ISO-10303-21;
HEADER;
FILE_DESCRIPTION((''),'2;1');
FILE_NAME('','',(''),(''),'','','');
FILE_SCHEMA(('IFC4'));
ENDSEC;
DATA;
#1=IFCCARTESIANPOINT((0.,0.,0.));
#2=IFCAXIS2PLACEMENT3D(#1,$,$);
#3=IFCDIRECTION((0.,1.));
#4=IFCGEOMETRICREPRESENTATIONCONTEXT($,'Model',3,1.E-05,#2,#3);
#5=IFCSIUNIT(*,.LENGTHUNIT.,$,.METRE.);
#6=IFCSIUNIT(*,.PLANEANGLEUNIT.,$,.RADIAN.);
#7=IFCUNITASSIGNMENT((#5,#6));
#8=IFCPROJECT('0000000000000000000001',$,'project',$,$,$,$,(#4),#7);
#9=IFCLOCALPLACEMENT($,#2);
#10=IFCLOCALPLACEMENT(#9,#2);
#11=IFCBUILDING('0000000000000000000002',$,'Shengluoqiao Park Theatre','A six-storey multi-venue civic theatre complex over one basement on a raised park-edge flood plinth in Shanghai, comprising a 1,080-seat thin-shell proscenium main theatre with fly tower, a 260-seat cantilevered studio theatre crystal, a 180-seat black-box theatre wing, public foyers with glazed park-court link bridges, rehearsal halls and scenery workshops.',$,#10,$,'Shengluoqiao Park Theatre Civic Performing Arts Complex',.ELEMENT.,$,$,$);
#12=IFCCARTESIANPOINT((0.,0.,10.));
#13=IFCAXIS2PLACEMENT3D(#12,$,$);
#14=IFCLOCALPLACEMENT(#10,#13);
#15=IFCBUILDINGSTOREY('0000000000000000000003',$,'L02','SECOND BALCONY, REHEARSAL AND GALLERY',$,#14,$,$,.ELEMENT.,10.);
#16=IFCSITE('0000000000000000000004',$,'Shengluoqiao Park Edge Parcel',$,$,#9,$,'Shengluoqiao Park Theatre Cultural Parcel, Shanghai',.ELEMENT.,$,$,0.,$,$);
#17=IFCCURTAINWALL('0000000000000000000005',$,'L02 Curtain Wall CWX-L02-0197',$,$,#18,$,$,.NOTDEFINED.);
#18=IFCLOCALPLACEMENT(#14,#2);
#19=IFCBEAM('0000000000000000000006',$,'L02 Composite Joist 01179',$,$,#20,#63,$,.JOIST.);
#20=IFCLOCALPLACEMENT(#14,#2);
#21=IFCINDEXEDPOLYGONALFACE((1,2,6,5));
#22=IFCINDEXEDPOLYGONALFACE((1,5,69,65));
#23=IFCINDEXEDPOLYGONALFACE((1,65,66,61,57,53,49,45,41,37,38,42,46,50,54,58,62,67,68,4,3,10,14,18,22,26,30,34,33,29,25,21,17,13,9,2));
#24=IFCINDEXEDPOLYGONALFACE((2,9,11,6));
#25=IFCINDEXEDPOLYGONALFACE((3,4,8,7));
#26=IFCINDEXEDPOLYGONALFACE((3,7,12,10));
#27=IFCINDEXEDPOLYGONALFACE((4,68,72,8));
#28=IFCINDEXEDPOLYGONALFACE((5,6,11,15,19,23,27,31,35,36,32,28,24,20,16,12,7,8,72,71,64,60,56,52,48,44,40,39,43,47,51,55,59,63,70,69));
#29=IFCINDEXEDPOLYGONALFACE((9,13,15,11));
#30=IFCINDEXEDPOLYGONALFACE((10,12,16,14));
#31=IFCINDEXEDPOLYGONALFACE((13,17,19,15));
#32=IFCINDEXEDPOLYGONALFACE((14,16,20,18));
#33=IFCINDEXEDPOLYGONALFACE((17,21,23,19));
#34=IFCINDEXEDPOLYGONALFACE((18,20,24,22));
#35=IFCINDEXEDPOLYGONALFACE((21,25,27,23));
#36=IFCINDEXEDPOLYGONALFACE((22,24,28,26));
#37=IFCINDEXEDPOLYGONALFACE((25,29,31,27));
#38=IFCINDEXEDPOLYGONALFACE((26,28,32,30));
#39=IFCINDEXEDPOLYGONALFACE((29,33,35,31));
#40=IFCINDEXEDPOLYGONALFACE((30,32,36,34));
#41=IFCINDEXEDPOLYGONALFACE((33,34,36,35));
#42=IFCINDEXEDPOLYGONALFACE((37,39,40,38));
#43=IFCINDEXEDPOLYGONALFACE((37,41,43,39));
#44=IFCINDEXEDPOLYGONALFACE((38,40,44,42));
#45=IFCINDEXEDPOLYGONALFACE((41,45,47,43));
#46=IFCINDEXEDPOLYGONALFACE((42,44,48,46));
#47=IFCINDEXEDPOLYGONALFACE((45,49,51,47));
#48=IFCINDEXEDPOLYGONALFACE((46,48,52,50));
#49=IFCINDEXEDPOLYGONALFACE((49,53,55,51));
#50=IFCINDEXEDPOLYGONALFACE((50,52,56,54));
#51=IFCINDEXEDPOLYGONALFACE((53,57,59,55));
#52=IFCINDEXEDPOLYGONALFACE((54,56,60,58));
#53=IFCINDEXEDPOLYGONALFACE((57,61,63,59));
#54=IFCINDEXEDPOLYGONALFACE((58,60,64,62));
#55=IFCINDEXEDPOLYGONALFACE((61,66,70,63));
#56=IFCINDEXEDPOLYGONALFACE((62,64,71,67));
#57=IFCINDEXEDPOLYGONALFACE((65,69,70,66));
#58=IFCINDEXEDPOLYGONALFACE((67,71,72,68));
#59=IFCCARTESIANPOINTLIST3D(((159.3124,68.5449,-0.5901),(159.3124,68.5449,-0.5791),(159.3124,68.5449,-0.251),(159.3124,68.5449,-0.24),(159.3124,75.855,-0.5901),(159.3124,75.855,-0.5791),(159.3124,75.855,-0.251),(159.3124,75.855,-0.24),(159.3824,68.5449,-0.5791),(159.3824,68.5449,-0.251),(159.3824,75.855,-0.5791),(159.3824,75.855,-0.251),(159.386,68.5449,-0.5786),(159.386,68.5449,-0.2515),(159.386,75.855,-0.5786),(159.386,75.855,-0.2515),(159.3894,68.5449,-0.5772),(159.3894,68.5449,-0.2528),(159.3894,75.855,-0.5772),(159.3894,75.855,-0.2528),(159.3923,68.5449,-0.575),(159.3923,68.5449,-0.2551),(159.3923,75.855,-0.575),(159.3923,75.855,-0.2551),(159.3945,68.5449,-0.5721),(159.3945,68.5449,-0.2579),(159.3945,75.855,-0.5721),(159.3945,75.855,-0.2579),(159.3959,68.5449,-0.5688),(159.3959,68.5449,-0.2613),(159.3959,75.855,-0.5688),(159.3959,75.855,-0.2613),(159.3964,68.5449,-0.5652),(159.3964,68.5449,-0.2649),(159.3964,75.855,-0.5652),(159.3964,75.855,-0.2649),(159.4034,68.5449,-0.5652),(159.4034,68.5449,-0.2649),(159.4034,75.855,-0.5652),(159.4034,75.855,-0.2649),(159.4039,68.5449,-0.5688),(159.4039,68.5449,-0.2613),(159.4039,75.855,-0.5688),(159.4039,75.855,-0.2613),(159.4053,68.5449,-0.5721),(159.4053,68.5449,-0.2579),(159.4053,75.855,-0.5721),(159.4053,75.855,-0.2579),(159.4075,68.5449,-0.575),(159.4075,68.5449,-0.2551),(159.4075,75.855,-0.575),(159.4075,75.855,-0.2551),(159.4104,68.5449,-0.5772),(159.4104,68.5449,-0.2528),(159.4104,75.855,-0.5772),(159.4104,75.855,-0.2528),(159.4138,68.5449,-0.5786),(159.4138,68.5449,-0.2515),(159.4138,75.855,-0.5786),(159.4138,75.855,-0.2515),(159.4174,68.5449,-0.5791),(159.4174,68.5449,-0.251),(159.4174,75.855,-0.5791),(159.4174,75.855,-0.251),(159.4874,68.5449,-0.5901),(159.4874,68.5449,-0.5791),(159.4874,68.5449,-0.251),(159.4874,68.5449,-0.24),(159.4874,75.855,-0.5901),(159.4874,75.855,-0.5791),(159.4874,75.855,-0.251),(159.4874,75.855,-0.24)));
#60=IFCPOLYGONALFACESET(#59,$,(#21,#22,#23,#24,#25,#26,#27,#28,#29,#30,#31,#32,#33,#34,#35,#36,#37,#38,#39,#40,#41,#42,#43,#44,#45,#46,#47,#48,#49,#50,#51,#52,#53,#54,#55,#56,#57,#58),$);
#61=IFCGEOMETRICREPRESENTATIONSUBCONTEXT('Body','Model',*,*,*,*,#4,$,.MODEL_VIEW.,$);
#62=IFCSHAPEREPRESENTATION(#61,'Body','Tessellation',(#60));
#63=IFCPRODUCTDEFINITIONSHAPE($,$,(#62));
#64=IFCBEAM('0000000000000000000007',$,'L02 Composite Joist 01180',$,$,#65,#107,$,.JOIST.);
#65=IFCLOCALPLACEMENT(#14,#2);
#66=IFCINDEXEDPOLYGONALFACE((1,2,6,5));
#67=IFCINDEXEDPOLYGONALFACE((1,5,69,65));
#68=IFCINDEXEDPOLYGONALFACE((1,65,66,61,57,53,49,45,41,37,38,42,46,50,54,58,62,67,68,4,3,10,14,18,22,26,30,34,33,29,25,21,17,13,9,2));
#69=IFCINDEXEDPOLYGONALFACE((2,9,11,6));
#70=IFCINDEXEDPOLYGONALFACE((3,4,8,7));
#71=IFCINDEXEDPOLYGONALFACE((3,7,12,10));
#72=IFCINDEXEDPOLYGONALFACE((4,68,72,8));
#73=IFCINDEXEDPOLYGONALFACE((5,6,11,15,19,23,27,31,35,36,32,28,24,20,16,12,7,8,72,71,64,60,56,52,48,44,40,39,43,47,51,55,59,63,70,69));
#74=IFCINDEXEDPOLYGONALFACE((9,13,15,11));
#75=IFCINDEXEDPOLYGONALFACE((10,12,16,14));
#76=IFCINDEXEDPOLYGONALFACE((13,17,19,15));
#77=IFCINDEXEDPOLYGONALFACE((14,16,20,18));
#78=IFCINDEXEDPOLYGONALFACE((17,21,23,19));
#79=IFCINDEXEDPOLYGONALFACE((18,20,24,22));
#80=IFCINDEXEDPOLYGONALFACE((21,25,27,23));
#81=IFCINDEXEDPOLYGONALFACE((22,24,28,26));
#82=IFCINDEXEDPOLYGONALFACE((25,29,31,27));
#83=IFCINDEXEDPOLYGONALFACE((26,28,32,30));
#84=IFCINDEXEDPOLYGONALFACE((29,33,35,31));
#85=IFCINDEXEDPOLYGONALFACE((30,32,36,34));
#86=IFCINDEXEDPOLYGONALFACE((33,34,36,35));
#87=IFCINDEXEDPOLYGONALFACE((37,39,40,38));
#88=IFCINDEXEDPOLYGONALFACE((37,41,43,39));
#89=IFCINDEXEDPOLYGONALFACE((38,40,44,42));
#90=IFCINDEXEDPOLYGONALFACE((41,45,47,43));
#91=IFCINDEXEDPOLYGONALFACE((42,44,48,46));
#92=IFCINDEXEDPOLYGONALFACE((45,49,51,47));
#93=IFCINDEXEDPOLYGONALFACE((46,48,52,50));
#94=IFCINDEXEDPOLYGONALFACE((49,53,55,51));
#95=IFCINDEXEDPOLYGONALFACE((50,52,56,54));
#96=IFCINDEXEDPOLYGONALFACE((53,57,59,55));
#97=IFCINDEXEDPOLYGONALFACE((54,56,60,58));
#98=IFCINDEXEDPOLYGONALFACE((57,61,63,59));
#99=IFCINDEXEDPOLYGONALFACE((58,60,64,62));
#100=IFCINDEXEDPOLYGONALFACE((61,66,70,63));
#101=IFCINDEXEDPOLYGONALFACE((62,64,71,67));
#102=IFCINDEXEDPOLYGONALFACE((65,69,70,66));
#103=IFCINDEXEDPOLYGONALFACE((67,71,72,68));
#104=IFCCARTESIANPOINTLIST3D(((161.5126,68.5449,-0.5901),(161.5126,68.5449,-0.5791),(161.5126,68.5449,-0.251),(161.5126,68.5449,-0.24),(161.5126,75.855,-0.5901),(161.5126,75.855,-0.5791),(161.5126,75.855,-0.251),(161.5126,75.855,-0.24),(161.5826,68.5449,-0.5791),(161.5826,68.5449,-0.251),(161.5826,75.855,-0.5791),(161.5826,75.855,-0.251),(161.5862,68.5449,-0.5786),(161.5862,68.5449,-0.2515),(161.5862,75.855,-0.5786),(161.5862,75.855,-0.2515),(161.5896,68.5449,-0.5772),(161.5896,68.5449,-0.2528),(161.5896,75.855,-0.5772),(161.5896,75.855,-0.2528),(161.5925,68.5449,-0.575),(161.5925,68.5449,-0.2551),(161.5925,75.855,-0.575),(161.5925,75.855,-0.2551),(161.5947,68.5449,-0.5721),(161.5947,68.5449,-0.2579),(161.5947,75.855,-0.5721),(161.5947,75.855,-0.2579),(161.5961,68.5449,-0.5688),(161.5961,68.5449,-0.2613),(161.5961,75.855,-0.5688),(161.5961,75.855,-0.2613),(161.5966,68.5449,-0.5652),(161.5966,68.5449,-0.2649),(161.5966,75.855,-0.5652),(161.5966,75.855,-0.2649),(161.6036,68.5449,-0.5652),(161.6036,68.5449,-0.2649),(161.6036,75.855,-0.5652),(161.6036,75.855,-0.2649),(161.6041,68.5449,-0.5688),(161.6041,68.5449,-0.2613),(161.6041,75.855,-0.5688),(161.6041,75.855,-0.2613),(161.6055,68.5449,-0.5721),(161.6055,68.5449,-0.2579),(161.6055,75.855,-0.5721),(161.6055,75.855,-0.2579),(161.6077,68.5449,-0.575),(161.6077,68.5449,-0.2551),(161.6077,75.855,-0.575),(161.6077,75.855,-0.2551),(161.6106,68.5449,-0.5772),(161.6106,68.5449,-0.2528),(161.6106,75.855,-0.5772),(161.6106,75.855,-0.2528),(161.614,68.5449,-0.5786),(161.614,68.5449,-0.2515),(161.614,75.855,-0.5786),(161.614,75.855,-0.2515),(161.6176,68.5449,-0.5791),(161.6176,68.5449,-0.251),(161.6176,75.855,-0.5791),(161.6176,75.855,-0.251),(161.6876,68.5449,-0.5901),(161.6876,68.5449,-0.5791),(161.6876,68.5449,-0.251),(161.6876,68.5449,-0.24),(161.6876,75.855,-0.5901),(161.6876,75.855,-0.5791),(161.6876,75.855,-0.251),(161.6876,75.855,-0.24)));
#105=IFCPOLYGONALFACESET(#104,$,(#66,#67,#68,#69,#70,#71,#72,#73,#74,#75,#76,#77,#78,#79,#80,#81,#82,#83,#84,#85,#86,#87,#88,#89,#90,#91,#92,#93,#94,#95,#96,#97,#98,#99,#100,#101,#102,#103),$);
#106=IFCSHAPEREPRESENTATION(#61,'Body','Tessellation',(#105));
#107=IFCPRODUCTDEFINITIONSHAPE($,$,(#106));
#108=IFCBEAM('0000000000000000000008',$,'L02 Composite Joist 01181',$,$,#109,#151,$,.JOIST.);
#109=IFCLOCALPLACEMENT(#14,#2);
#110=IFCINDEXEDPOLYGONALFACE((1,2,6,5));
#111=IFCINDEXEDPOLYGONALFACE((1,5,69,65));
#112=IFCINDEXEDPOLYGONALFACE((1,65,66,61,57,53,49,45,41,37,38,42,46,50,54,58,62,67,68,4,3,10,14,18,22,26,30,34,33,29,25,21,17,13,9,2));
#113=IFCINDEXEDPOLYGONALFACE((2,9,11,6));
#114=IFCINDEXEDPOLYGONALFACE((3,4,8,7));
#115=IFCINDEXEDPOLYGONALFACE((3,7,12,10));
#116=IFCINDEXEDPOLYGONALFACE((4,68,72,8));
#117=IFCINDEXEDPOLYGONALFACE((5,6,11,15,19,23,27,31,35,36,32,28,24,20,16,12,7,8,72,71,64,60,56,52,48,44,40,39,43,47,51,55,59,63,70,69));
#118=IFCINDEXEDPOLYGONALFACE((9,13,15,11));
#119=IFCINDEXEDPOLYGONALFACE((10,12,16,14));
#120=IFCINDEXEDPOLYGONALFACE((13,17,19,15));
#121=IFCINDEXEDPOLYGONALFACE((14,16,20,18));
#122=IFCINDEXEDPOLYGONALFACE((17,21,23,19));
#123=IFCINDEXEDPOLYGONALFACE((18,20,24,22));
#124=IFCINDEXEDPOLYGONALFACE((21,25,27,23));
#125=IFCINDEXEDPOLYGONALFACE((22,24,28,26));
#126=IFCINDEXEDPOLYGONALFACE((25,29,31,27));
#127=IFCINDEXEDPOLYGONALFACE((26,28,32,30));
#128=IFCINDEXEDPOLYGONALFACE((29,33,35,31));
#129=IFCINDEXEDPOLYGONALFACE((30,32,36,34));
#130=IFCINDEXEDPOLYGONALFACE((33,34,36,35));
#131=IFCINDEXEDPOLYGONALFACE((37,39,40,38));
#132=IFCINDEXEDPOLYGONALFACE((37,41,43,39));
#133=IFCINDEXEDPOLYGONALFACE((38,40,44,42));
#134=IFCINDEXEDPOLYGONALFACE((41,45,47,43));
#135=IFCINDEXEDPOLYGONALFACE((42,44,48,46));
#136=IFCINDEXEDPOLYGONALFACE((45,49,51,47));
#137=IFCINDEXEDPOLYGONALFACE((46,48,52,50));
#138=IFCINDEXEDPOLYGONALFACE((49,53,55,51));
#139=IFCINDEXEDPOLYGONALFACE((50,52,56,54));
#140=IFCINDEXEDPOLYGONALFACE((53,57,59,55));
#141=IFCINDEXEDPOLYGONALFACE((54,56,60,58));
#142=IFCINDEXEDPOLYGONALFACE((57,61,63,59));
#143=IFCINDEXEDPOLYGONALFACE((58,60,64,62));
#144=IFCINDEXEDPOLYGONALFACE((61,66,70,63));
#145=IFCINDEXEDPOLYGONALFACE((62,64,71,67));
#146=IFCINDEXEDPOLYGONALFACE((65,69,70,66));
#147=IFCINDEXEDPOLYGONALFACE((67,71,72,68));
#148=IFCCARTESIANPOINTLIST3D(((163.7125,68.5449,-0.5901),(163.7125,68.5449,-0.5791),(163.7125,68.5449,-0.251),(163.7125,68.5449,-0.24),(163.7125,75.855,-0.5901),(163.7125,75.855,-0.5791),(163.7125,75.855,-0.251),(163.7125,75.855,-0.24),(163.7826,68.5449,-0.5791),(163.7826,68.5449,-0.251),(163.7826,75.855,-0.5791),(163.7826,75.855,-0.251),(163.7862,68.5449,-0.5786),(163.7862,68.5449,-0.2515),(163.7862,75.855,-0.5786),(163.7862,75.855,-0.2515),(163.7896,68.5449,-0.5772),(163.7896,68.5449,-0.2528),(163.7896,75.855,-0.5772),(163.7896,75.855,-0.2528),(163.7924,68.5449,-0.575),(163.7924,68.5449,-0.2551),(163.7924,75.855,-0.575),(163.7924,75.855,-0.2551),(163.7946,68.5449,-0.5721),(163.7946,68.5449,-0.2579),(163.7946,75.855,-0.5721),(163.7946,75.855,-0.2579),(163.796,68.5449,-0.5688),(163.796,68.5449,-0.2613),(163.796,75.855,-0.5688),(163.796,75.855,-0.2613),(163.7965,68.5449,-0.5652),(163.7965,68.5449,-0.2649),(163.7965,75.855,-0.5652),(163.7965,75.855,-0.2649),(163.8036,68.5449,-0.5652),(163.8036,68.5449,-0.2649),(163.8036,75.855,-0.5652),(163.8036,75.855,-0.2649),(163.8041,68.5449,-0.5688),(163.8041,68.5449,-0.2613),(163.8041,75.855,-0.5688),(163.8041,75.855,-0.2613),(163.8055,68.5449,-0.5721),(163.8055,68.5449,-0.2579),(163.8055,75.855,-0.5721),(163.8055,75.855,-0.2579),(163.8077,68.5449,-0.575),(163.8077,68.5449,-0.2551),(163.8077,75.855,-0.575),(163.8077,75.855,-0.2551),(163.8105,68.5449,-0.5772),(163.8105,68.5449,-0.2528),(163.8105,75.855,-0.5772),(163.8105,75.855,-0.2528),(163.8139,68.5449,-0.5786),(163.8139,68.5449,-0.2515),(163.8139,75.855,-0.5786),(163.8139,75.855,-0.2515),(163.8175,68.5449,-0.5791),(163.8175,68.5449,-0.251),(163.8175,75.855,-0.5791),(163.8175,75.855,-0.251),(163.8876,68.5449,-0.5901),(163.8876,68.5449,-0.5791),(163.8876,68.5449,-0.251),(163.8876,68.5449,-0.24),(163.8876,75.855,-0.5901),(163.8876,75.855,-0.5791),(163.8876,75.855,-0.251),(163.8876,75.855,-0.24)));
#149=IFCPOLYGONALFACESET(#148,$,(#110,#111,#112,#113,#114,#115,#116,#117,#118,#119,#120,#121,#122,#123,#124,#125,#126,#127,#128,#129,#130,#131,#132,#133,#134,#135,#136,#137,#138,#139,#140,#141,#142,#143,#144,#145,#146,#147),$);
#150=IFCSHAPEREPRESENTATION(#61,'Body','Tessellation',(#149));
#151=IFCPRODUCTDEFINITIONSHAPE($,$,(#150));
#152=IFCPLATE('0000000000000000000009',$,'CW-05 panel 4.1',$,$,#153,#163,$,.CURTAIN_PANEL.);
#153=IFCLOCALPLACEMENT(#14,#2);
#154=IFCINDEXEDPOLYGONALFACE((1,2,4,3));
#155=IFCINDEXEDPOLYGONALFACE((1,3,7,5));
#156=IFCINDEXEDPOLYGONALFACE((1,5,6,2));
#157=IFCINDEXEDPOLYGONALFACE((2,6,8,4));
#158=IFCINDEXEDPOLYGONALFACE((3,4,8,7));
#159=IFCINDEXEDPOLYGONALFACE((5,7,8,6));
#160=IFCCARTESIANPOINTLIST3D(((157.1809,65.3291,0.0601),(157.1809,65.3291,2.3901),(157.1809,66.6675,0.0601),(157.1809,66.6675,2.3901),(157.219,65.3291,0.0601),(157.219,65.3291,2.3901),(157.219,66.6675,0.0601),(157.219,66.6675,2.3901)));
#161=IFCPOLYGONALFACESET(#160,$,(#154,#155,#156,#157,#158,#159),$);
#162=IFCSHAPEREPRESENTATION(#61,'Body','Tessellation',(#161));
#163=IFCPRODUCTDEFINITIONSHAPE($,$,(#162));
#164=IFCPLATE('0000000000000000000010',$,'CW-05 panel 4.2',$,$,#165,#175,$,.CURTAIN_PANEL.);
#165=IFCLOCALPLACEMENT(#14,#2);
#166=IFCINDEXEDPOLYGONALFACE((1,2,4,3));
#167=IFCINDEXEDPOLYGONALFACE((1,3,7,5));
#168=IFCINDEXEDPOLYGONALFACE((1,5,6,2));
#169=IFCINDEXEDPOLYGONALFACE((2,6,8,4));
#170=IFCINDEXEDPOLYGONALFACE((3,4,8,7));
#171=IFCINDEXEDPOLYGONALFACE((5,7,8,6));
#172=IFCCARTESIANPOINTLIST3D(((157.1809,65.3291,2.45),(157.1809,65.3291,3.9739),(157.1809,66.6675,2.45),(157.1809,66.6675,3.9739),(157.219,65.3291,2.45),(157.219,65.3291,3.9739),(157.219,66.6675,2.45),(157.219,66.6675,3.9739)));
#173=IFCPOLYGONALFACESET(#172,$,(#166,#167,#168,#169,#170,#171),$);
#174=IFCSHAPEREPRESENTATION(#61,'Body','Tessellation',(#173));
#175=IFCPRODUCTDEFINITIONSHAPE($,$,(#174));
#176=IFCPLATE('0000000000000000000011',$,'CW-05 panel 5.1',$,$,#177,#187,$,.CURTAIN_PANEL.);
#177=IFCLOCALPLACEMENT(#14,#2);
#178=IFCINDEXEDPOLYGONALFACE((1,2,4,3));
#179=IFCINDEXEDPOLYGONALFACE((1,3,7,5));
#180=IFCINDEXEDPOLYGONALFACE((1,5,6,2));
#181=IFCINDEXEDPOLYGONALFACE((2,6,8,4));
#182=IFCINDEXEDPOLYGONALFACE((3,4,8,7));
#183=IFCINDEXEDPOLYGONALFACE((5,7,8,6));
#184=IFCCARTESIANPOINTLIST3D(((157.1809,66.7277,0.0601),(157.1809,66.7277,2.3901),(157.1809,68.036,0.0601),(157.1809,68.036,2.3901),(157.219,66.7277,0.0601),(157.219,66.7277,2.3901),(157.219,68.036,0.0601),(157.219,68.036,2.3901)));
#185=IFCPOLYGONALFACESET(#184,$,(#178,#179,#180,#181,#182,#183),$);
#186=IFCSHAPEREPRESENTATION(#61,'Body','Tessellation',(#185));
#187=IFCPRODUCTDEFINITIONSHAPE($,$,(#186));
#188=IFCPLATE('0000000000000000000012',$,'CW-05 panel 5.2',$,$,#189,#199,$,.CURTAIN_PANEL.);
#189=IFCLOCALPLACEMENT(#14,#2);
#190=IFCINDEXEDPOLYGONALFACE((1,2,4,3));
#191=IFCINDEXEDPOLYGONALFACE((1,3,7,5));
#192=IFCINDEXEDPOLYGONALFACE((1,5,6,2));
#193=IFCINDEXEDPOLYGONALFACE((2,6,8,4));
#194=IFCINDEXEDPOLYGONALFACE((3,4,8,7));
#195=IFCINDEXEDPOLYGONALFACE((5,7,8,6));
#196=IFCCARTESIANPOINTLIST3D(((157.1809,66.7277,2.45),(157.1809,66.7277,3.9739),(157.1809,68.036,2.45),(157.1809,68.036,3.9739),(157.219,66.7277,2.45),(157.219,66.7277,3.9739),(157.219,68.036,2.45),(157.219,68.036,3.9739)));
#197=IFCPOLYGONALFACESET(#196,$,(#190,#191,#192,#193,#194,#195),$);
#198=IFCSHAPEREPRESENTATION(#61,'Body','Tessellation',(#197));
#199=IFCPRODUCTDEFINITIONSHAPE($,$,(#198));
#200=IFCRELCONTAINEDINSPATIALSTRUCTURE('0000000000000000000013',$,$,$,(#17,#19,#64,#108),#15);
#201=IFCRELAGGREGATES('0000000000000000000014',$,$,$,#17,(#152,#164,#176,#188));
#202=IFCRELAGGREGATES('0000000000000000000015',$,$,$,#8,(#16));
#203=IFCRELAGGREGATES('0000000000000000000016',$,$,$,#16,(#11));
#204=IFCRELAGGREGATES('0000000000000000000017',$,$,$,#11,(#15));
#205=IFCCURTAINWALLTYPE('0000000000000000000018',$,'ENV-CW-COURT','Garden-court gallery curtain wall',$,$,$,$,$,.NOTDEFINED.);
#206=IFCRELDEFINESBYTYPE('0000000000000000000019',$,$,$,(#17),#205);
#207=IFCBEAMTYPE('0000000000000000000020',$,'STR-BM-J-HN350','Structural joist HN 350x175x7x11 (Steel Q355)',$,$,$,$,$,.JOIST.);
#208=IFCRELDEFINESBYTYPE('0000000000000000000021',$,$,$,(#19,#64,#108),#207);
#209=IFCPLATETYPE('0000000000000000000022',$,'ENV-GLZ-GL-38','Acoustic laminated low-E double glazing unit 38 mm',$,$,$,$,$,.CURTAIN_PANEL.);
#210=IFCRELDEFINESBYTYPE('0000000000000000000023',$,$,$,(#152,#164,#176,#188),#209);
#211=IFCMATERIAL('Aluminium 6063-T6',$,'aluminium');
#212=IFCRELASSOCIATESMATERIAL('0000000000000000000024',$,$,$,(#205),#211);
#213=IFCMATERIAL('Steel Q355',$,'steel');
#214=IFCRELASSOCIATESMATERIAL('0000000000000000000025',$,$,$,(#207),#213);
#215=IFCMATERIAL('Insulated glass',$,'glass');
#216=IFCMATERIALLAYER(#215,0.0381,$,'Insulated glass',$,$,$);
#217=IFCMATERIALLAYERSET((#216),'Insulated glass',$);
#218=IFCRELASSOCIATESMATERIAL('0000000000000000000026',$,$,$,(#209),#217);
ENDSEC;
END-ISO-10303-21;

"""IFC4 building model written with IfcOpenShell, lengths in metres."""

from ifc_helpers import new_model, si_unit, direction, frame, origin, origin_2d, place, context, subcontext, project, spatial, rectangle, i_section, extrude, material, layer, layer_set, material_profile, profile_set, type_object, element, aggregate, save


model = new_model("IFC4")

# Units and contexts
model_context = context("Model", 3, precision=1e-05, world=origin(), true_north=direction((0.0, 1.0)))
body_context = subcontext(model_context, "Body", "Model", "MODEL_VIEW")
ifc_project = project(units=[si_unit("LENGTHUNIT", "METRE"), si_unit("PLANEANGLEUNIT", "RADIAN")], contexts=[model_context])

# Site, building, storey
site_placement = place(None, origin())
site = spatial("IfcSite", under=ifc_project, at=site_placement, Name="Shengluoqiao Park Edge Parcel", LongName="Shengluoqiao Park Theatre Cultural Parcel, Shanghai", CompositionType="ELEMENT", RefElevation=0.0)
building_placement = place(site_placement, origin())
building = spatial("IfcBuilding", under=site, at=building_placement, Name="Shengluoqiao Park Theatre", Description="A six-storey multi-venue civic theatre complex over one basement on a raised park-edge flood plinth in Shanghai, comprising a 1,080-seat thin-shell proscenium main theatre with fly tower, a 260-seat cantilevered studio theatre crystal, a 180-seat black-box theatre wing, public foyers with glazed park-court link bridges, rehearsal halls and scenery workshops.", LongName="Shengluoqiao Park Theatre Civic Performing Arts Complex", CompositionType="ELEMENT")
storey_placement = place(building_placement, frame((0.0, 0.0, 10.0)))
storey = spatial("IfcBuildingStorey", under=building, at=storey_placement, Name="L02", Description="SECOND BALCONY, REHEARSAL AND GALLERY", CompositionType="ELEMENT", Elevation=10.0)

# Curtain wall
ifc_material_1 = material(Name="Aluminium 6063-T6", Category="aluminium")
curtain_wall_type = type_object("IfcCurtainWallType", Name="ENV-CW-COURT", Description="Garden-court gallery curtain wall", PredefinedType="NOTDEFINED", material=ifc_material_1)
curtain_wall_placement = place(storey_placement, origin())
curtain_wall = element("IfcCurtainWall", 1, at=curtain_wall_placement, inside=storey, type_object=curtain_wall_type, Name="L02 Curtain Wall CWX-L02-0197", PredefinedType="NOTDEFINED")

# Beams
ifc_material_2 = material(Name="Steel Q355", Category="steel")
ifc_material_profile_1 = material_profile(ifc_material_2, i_section(OverallWidth=0.175, OverallDepth=0.3501, WebThickness=0.0071, FlangeThickness=0.011, FilletRadius=0.0139, at=origin_2d()), Name="HN 350x175x7x11")
ifc_profile_set_1 = profile_set([ifc_material_profile_1], Name="Steel Q355")
beam_type_1 = type_object("IfcBeamType", Name="STR-BM-J-HN350", Description="Structural joist HN 350x175x7x11 (Steel Q355)", PredefinedType="JOIST", material=ifc_profile_set_1)
for number, where, z_axis, x_axis, name in (
    (2, (159.3999, 68.5449, -0.415), (0.0, 1.0, 0.0), (-1.0, 0.0, 0.0), "L02 Composite Joist 01179"),
    (3, (161.6001, 68.5449, -0.415), (0.0, 1.0, 0.0), (-1.0, 0.0, 0.0), "L02 Composite Joist 01180"),
    (4, (163.8, 68.5449, -0.415), (0.0, 1.0, 0.0), (-1.0, 0.0, 0.0), "L02 Composite Joist 01181"),
):
    element("IfcBeam", number, at=place(storey_placement, frame(where, z_axis=z_axis, x_axis=x_axis)), inside=storey, type_object=beam_type_1, Name=name, PredefinedType="JOIST", context=body_context, shape_type="SweptSolid", body=[
        extrude(i_section(OverallWidth=0.175, OverallDepth=0.3501, WebThickness=0.0071, FlangeThickness=0.011, FilletRadius=0.0139, at=origin_2d()), origin(), (0.0, 0.0, 1.0), 7.3101),
    ])

# Plates
ifc_material_3 = material(Name="Insulated glass", Category="glass")
ifc_layer_1 = layer(ifc_material_3, 0.0381, Name="Insulated glass")
ifc_layer_set_1 = layer_set([ifc_layer_1], Name="Insulated glass")
plate_type = type_object("IfcPlateType", Name="ENV-GLZ-GL-38", Description="Acoustic laminated low-E double glazing unit 38 mm", PredefinedType="CURTAIN_PANEL", material=ifc_layer_set_1)
plate_1_placement = place(storey_placement, frame((157.2, 65.9983, 0.0601), z_axis=(0.0, 0.0, 1.0), x_axis=(0.0, 1.0, 0.0)))
plate_1 = element("IfcPlate", 5, at=plate_1_placement, type_object=plate_type, Name="CW-05 panel 4.1", PredefinedType="CURTAIN_PANEL", context=body_context, shape_type="SweptSolid", body=[
    extrude(rectangle(XDim=1.3384, YDim=0.0381, at=origin_2d()), origin(), (0.0, 0.0, 1.0), 2.3301),
])
plate_2_placement = place(storey_placement, frame((157.2, 65.9983, 2.45), z_axis=(0.0, 0.0, 1.0), x_axis=(0.0, 1.0, 0.0)))
plate_2 = element("IfcPlate", 6, at=plate_2_placement, type_object=plate_type, Name="CW-05 panel 4.2", PredefinedType="CURTAIN_PANEL", context=body_context, shape_type="SweptSolid", body=[
    extrude(rectangle(XDim=1.3384, YDim=0.0381, at=origin_2d()), origin(), (0.0, 0.0, 1.0), 1.5239),
])
plate_3_placement = place(storey_placement, frame((157.2, 67.3818, 0.0601), z_axis=(0.0, 0.0, 1.0), x_axis=(0.0, 1.0, 0.0)))
plate_3 = element("IfcPlate", 7, at=plate_3_placement, type_object=plate_type, Name="CW-05 panel 5.1", PredefinedType="CURTAIN_PANEL", context=body_context, shape_type="SweptSolid", body=[
    extrude(rectangle(XDim=1.3083, YDim=0.0381, at=origin_2d()), origin(), (0.0, 0.0, 1.0), 2.3301),
])
plate_4_placement = place(storey_placement, frame((157.2, 67.3818, 2.45), z_axis=(0.0, 0.0, 1.0), x_axis=(0.0, 1.0, 0.0)))
plate_4 = element("IfcPlate", 8, at=plate_4_placement, type_object=plate_type, Name="CW-05 panel 5.2", PredefinedType="CURTAIN_PANEL", context=body_context, shape_type="SweptSolid", body=[
    extrude(rectangle(XDim=1.3083, YDim=0.0381, at=origin_2d()), origin(), (0.0, 0.0, 1.0), 1.5239),
])
aggregate(curtain_wall, [plate_1, plate_2, plate_3, plate_4])

save(model, "model.ifc")
